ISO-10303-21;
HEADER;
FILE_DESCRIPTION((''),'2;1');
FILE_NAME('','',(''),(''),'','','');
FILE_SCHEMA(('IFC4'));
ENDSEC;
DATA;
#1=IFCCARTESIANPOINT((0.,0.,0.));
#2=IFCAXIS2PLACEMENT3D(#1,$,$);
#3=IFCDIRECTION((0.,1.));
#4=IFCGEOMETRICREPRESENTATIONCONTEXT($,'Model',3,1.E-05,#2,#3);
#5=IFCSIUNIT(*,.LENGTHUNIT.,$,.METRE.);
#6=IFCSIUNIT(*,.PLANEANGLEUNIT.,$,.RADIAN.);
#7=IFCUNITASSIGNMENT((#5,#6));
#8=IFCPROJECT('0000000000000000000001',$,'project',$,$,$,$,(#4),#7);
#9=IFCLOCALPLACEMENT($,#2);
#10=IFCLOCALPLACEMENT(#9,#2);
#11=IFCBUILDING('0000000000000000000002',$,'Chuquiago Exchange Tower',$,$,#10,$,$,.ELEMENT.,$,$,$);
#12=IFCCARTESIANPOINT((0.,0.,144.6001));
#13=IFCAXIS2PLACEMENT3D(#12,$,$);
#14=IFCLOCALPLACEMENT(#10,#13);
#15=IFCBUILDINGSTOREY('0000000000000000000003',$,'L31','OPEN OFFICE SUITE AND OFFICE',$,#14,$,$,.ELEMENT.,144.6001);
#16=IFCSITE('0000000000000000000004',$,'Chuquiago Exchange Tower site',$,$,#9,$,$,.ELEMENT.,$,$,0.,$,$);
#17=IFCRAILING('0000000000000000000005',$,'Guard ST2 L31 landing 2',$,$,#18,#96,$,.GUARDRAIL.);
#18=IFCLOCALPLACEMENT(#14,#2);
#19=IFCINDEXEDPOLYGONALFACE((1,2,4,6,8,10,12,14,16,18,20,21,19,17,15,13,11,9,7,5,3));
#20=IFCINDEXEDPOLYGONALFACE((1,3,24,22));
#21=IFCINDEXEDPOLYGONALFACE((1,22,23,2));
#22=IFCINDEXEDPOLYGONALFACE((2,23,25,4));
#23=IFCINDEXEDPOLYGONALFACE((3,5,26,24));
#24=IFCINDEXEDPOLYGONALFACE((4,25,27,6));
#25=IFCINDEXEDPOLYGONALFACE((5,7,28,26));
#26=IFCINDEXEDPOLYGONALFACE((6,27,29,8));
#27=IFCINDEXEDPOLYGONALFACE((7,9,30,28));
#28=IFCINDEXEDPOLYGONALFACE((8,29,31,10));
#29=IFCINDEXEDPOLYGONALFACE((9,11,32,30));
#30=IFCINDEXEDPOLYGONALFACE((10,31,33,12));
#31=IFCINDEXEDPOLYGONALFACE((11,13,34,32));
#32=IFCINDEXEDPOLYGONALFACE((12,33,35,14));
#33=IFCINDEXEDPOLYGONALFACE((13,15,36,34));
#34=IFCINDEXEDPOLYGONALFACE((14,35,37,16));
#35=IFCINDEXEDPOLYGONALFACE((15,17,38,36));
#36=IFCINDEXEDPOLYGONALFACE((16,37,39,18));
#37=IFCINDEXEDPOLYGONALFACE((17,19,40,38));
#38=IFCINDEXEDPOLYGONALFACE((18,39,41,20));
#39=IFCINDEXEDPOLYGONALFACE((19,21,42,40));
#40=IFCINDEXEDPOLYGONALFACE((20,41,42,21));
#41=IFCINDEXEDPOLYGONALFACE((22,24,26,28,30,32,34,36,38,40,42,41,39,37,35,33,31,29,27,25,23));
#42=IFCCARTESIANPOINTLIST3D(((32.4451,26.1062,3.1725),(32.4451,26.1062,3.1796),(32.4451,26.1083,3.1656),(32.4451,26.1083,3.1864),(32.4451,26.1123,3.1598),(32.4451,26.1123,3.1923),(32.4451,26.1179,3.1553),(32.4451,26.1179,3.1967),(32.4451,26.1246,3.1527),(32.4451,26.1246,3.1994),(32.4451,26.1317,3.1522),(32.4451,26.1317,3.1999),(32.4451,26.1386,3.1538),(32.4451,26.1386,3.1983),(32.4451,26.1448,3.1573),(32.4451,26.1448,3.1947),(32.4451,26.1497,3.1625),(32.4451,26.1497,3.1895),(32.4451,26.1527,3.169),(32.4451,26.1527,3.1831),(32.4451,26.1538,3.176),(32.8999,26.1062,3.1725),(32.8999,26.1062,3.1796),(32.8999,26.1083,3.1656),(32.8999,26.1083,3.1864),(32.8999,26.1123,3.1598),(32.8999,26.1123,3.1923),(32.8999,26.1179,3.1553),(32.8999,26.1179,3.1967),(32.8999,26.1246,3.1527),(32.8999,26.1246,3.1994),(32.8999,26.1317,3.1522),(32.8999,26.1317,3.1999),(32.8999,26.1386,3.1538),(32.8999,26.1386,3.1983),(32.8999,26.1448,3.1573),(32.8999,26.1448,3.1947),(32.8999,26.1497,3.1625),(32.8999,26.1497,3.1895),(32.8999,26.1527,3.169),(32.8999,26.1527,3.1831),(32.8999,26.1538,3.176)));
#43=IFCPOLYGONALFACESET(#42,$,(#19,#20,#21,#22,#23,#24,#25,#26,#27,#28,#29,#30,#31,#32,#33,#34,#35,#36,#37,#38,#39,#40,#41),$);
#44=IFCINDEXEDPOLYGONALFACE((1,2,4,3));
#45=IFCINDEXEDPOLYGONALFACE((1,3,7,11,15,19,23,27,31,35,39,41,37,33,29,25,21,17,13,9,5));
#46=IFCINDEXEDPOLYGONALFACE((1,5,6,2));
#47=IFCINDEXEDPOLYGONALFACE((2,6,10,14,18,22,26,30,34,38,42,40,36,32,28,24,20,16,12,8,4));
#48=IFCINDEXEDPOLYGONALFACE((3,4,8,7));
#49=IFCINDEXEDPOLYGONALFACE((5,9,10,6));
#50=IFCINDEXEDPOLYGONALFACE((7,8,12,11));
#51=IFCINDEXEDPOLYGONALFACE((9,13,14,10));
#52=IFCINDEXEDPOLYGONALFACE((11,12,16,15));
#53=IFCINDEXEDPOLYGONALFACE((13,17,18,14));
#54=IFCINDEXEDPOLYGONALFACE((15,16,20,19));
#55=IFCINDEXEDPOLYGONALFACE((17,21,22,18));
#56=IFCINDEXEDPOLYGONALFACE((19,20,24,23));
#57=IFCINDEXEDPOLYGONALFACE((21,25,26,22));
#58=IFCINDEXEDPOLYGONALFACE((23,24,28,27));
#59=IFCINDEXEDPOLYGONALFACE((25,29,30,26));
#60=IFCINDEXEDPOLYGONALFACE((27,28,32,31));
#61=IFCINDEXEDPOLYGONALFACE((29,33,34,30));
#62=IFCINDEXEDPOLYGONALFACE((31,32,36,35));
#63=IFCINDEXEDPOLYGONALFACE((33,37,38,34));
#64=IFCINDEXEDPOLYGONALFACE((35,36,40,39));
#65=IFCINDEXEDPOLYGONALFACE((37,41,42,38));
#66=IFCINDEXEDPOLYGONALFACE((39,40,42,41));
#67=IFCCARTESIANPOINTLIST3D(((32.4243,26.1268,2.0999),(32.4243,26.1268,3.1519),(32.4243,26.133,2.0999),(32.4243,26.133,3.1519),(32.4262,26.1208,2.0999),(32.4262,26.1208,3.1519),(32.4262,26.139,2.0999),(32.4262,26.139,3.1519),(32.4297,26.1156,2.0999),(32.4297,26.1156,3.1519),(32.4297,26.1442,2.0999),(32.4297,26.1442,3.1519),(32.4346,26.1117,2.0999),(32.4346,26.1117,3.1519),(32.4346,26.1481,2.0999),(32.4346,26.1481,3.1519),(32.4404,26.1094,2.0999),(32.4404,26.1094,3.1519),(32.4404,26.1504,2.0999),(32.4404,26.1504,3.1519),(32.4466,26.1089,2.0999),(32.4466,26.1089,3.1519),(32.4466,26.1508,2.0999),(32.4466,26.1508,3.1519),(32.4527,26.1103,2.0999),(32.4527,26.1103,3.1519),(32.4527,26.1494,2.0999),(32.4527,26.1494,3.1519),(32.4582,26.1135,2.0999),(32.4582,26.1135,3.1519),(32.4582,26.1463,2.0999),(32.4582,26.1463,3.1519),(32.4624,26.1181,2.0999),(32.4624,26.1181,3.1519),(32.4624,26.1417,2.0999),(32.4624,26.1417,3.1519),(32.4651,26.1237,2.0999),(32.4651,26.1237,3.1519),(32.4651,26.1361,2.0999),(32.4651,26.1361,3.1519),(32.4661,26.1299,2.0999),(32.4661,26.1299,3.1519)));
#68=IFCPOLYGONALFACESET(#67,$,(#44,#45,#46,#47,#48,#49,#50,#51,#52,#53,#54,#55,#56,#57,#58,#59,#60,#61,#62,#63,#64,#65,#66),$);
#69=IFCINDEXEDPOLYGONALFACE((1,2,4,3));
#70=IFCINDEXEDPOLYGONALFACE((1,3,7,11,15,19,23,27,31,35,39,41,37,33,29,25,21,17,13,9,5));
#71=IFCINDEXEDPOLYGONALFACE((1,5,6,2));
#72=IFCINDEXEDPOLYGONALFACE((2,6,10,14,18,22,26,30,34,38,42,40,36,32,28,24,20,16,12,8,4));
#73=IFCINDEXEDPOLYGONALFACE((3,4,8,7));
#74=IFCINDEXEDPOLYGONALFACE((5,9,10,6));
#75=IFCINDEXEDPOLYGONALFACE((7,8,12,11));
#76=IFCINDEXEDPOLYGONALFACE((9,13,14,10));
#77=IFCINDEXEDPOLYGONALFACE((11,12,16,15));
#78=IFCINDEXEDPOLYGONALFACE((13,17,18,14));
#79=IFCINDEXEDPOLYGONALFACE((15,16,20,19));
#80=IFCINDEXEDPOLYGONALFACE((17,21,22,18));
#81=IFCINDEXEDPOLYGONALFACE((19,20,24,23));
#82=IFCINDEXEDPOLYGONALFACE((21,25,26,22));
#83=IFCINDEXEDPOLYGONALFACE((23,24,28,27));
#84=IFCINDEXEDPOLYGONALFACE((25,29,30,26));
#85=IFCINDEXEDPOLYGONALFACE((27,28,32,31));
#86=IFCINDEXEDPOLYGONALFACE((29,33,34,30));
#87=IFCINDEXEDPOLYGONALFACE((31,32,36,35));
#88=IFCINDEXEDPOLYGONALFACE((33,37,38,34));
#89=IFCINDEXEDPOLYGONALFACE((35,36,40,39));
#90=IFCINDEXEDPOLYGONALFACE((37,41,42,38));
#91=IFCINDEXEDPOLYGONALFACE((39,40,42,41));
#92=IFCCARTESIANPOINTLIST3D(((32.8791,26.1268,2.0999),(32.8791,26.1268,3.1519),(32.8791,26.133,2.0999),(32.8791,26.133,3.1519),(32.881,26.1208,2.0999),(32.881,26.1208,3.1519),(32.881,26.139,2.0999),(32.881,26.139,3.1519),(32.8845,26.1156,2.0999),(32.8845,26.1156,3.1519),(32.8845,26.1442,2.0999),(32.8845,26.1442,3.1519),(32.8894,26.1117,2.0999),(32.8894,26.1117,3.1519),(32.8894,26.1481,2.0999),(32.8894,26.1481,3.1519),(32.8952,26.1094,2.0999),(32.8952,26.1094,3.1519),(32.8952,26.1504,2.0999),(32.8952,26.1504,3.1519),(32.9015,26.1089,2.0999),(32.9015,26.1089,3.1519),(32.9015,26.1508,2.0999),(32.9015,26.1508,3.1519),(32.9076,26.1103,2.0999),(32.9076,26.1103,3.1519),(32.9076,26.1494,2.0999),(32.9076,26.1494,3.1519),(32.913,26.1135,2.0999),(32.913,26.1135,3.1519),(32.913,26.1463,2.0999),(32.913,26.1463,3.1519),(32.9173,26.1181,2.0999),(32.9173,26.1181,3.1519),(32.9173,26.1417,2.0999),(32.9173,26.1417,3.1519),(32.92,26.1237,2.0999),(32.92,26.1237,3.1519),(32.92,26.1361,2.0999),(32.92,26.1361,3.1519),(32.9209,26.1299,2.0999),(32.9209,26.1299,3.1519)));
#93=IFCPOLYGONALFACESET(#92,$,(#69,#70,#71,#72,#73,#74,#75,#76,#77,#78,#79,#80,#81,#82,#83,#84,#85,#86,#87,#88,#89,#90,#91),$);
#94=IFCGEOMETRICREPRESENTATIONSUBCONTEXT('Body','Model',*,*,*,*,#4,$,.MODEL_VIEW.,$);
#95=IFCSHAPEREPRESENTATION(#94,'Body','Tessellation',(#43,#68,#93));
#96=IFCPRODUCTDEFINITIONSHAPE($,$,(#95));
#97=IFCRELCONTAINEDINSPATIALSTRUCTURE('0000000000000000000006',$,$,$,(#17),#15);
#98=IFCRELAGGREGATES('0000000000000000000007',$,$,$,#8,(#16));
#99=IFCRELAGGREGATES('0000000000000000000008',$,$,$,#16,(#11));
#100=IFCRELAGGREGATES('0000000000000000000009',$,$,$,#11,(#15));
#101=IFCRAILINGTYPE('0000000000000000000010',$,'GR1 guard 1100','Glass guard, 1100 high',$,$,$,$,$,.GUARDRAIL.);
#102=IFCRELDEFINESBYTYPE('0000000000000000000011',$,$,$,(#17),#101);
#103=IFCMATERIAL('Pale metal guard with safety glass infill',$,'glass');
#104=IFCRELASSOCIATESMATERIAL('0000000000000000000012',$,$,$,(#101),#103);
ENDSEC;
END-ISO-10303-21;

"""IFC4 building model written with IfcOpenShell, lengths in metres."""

from ifc_helpers import new_model, si_unit, direction, frame, origin, origin_2d, place, context, subcontext, project, spatial, circle, extrude, material, type_object, element, save


model = new_model("IFC4")

# Units and contexts
model_context = context("Model", 3, precision=1e-05, world=origin(), true_north=direction((0.0, 1.0)))
body_context = subcontext(model_context, "Body", "Model", "MODEL_VIEW")
ifc_project = project(units=[si_unit("LENGTHUNIT", "METRE"), si_unit("PLANEANGLEUNIT", "RADIAN")], contexts=[model_context])

# Site, building, storey
site_placement = place(None, origin())
site = spatial("IfcSite", under=ifc_project, at=site_placement, Name="Chuquiago Exchange Tower site", CompositionType="ELEMENT", RefElevation=0.0)
building_placement = place(site_placement, origin())
building = spatial("IfcBuilding", under=site, at=building_placement, Name="Chuquiago Exchange Tower", CompositionType="ELEMENT")
storey_placement = place(building_placement, frame((0.0, 0.0, 144.6001)))
storey = spatial("IfcBuildingStorey", under=building, at=storey_placement, Name="L31", Description="OPEN OFFICE SUITE AND OFFICE", CompositionType="ELEMENT", Elevation=144.6001)

# Railing
ifc_material_1 = material(Name="Pale metal guard with safety glass infill", Category="glass")
railing_type_1 = type_object("IfcRailingType", Name="GR1 guard 1100", Description="Glass guard, 1100 high", PredefinedType="GUARDRAIL", material=ifc_material_1)
railing_1_placement = place(storey_placement, frame((32.4451, 26.1299, 2.0999)))
element("IfcRailing", 1, at=railing_1_placement, inside=storey, type_object=railing_type_1, Name="Guard ST2 L31 landing 2", PredefinedType="GUARDRAIL", context=body_context, shape_type="SweptSolid", body=[
    extrude(circle(Radius=0.0239, at=origin_2d()), frame((0.0, 0.0, 1.0762), z_axis=(1.0, 0.0, 0.0), x_axis=(0.0, 1.0, 0.0)), (0.0, 0.0, 1.0), 0.4548),
    extrude(circle(Radius=0.021, at=origin_2d()), origin(), (0.0, 0.0, 1.0), 1.052),
    extrude(circle(Radius=0.021, at=origin_2d()), frame((0.4548, 0.0, 0.0)), (0.0, 0.0, 1.0), 1.052),
])

save(model, "model.ifc")
